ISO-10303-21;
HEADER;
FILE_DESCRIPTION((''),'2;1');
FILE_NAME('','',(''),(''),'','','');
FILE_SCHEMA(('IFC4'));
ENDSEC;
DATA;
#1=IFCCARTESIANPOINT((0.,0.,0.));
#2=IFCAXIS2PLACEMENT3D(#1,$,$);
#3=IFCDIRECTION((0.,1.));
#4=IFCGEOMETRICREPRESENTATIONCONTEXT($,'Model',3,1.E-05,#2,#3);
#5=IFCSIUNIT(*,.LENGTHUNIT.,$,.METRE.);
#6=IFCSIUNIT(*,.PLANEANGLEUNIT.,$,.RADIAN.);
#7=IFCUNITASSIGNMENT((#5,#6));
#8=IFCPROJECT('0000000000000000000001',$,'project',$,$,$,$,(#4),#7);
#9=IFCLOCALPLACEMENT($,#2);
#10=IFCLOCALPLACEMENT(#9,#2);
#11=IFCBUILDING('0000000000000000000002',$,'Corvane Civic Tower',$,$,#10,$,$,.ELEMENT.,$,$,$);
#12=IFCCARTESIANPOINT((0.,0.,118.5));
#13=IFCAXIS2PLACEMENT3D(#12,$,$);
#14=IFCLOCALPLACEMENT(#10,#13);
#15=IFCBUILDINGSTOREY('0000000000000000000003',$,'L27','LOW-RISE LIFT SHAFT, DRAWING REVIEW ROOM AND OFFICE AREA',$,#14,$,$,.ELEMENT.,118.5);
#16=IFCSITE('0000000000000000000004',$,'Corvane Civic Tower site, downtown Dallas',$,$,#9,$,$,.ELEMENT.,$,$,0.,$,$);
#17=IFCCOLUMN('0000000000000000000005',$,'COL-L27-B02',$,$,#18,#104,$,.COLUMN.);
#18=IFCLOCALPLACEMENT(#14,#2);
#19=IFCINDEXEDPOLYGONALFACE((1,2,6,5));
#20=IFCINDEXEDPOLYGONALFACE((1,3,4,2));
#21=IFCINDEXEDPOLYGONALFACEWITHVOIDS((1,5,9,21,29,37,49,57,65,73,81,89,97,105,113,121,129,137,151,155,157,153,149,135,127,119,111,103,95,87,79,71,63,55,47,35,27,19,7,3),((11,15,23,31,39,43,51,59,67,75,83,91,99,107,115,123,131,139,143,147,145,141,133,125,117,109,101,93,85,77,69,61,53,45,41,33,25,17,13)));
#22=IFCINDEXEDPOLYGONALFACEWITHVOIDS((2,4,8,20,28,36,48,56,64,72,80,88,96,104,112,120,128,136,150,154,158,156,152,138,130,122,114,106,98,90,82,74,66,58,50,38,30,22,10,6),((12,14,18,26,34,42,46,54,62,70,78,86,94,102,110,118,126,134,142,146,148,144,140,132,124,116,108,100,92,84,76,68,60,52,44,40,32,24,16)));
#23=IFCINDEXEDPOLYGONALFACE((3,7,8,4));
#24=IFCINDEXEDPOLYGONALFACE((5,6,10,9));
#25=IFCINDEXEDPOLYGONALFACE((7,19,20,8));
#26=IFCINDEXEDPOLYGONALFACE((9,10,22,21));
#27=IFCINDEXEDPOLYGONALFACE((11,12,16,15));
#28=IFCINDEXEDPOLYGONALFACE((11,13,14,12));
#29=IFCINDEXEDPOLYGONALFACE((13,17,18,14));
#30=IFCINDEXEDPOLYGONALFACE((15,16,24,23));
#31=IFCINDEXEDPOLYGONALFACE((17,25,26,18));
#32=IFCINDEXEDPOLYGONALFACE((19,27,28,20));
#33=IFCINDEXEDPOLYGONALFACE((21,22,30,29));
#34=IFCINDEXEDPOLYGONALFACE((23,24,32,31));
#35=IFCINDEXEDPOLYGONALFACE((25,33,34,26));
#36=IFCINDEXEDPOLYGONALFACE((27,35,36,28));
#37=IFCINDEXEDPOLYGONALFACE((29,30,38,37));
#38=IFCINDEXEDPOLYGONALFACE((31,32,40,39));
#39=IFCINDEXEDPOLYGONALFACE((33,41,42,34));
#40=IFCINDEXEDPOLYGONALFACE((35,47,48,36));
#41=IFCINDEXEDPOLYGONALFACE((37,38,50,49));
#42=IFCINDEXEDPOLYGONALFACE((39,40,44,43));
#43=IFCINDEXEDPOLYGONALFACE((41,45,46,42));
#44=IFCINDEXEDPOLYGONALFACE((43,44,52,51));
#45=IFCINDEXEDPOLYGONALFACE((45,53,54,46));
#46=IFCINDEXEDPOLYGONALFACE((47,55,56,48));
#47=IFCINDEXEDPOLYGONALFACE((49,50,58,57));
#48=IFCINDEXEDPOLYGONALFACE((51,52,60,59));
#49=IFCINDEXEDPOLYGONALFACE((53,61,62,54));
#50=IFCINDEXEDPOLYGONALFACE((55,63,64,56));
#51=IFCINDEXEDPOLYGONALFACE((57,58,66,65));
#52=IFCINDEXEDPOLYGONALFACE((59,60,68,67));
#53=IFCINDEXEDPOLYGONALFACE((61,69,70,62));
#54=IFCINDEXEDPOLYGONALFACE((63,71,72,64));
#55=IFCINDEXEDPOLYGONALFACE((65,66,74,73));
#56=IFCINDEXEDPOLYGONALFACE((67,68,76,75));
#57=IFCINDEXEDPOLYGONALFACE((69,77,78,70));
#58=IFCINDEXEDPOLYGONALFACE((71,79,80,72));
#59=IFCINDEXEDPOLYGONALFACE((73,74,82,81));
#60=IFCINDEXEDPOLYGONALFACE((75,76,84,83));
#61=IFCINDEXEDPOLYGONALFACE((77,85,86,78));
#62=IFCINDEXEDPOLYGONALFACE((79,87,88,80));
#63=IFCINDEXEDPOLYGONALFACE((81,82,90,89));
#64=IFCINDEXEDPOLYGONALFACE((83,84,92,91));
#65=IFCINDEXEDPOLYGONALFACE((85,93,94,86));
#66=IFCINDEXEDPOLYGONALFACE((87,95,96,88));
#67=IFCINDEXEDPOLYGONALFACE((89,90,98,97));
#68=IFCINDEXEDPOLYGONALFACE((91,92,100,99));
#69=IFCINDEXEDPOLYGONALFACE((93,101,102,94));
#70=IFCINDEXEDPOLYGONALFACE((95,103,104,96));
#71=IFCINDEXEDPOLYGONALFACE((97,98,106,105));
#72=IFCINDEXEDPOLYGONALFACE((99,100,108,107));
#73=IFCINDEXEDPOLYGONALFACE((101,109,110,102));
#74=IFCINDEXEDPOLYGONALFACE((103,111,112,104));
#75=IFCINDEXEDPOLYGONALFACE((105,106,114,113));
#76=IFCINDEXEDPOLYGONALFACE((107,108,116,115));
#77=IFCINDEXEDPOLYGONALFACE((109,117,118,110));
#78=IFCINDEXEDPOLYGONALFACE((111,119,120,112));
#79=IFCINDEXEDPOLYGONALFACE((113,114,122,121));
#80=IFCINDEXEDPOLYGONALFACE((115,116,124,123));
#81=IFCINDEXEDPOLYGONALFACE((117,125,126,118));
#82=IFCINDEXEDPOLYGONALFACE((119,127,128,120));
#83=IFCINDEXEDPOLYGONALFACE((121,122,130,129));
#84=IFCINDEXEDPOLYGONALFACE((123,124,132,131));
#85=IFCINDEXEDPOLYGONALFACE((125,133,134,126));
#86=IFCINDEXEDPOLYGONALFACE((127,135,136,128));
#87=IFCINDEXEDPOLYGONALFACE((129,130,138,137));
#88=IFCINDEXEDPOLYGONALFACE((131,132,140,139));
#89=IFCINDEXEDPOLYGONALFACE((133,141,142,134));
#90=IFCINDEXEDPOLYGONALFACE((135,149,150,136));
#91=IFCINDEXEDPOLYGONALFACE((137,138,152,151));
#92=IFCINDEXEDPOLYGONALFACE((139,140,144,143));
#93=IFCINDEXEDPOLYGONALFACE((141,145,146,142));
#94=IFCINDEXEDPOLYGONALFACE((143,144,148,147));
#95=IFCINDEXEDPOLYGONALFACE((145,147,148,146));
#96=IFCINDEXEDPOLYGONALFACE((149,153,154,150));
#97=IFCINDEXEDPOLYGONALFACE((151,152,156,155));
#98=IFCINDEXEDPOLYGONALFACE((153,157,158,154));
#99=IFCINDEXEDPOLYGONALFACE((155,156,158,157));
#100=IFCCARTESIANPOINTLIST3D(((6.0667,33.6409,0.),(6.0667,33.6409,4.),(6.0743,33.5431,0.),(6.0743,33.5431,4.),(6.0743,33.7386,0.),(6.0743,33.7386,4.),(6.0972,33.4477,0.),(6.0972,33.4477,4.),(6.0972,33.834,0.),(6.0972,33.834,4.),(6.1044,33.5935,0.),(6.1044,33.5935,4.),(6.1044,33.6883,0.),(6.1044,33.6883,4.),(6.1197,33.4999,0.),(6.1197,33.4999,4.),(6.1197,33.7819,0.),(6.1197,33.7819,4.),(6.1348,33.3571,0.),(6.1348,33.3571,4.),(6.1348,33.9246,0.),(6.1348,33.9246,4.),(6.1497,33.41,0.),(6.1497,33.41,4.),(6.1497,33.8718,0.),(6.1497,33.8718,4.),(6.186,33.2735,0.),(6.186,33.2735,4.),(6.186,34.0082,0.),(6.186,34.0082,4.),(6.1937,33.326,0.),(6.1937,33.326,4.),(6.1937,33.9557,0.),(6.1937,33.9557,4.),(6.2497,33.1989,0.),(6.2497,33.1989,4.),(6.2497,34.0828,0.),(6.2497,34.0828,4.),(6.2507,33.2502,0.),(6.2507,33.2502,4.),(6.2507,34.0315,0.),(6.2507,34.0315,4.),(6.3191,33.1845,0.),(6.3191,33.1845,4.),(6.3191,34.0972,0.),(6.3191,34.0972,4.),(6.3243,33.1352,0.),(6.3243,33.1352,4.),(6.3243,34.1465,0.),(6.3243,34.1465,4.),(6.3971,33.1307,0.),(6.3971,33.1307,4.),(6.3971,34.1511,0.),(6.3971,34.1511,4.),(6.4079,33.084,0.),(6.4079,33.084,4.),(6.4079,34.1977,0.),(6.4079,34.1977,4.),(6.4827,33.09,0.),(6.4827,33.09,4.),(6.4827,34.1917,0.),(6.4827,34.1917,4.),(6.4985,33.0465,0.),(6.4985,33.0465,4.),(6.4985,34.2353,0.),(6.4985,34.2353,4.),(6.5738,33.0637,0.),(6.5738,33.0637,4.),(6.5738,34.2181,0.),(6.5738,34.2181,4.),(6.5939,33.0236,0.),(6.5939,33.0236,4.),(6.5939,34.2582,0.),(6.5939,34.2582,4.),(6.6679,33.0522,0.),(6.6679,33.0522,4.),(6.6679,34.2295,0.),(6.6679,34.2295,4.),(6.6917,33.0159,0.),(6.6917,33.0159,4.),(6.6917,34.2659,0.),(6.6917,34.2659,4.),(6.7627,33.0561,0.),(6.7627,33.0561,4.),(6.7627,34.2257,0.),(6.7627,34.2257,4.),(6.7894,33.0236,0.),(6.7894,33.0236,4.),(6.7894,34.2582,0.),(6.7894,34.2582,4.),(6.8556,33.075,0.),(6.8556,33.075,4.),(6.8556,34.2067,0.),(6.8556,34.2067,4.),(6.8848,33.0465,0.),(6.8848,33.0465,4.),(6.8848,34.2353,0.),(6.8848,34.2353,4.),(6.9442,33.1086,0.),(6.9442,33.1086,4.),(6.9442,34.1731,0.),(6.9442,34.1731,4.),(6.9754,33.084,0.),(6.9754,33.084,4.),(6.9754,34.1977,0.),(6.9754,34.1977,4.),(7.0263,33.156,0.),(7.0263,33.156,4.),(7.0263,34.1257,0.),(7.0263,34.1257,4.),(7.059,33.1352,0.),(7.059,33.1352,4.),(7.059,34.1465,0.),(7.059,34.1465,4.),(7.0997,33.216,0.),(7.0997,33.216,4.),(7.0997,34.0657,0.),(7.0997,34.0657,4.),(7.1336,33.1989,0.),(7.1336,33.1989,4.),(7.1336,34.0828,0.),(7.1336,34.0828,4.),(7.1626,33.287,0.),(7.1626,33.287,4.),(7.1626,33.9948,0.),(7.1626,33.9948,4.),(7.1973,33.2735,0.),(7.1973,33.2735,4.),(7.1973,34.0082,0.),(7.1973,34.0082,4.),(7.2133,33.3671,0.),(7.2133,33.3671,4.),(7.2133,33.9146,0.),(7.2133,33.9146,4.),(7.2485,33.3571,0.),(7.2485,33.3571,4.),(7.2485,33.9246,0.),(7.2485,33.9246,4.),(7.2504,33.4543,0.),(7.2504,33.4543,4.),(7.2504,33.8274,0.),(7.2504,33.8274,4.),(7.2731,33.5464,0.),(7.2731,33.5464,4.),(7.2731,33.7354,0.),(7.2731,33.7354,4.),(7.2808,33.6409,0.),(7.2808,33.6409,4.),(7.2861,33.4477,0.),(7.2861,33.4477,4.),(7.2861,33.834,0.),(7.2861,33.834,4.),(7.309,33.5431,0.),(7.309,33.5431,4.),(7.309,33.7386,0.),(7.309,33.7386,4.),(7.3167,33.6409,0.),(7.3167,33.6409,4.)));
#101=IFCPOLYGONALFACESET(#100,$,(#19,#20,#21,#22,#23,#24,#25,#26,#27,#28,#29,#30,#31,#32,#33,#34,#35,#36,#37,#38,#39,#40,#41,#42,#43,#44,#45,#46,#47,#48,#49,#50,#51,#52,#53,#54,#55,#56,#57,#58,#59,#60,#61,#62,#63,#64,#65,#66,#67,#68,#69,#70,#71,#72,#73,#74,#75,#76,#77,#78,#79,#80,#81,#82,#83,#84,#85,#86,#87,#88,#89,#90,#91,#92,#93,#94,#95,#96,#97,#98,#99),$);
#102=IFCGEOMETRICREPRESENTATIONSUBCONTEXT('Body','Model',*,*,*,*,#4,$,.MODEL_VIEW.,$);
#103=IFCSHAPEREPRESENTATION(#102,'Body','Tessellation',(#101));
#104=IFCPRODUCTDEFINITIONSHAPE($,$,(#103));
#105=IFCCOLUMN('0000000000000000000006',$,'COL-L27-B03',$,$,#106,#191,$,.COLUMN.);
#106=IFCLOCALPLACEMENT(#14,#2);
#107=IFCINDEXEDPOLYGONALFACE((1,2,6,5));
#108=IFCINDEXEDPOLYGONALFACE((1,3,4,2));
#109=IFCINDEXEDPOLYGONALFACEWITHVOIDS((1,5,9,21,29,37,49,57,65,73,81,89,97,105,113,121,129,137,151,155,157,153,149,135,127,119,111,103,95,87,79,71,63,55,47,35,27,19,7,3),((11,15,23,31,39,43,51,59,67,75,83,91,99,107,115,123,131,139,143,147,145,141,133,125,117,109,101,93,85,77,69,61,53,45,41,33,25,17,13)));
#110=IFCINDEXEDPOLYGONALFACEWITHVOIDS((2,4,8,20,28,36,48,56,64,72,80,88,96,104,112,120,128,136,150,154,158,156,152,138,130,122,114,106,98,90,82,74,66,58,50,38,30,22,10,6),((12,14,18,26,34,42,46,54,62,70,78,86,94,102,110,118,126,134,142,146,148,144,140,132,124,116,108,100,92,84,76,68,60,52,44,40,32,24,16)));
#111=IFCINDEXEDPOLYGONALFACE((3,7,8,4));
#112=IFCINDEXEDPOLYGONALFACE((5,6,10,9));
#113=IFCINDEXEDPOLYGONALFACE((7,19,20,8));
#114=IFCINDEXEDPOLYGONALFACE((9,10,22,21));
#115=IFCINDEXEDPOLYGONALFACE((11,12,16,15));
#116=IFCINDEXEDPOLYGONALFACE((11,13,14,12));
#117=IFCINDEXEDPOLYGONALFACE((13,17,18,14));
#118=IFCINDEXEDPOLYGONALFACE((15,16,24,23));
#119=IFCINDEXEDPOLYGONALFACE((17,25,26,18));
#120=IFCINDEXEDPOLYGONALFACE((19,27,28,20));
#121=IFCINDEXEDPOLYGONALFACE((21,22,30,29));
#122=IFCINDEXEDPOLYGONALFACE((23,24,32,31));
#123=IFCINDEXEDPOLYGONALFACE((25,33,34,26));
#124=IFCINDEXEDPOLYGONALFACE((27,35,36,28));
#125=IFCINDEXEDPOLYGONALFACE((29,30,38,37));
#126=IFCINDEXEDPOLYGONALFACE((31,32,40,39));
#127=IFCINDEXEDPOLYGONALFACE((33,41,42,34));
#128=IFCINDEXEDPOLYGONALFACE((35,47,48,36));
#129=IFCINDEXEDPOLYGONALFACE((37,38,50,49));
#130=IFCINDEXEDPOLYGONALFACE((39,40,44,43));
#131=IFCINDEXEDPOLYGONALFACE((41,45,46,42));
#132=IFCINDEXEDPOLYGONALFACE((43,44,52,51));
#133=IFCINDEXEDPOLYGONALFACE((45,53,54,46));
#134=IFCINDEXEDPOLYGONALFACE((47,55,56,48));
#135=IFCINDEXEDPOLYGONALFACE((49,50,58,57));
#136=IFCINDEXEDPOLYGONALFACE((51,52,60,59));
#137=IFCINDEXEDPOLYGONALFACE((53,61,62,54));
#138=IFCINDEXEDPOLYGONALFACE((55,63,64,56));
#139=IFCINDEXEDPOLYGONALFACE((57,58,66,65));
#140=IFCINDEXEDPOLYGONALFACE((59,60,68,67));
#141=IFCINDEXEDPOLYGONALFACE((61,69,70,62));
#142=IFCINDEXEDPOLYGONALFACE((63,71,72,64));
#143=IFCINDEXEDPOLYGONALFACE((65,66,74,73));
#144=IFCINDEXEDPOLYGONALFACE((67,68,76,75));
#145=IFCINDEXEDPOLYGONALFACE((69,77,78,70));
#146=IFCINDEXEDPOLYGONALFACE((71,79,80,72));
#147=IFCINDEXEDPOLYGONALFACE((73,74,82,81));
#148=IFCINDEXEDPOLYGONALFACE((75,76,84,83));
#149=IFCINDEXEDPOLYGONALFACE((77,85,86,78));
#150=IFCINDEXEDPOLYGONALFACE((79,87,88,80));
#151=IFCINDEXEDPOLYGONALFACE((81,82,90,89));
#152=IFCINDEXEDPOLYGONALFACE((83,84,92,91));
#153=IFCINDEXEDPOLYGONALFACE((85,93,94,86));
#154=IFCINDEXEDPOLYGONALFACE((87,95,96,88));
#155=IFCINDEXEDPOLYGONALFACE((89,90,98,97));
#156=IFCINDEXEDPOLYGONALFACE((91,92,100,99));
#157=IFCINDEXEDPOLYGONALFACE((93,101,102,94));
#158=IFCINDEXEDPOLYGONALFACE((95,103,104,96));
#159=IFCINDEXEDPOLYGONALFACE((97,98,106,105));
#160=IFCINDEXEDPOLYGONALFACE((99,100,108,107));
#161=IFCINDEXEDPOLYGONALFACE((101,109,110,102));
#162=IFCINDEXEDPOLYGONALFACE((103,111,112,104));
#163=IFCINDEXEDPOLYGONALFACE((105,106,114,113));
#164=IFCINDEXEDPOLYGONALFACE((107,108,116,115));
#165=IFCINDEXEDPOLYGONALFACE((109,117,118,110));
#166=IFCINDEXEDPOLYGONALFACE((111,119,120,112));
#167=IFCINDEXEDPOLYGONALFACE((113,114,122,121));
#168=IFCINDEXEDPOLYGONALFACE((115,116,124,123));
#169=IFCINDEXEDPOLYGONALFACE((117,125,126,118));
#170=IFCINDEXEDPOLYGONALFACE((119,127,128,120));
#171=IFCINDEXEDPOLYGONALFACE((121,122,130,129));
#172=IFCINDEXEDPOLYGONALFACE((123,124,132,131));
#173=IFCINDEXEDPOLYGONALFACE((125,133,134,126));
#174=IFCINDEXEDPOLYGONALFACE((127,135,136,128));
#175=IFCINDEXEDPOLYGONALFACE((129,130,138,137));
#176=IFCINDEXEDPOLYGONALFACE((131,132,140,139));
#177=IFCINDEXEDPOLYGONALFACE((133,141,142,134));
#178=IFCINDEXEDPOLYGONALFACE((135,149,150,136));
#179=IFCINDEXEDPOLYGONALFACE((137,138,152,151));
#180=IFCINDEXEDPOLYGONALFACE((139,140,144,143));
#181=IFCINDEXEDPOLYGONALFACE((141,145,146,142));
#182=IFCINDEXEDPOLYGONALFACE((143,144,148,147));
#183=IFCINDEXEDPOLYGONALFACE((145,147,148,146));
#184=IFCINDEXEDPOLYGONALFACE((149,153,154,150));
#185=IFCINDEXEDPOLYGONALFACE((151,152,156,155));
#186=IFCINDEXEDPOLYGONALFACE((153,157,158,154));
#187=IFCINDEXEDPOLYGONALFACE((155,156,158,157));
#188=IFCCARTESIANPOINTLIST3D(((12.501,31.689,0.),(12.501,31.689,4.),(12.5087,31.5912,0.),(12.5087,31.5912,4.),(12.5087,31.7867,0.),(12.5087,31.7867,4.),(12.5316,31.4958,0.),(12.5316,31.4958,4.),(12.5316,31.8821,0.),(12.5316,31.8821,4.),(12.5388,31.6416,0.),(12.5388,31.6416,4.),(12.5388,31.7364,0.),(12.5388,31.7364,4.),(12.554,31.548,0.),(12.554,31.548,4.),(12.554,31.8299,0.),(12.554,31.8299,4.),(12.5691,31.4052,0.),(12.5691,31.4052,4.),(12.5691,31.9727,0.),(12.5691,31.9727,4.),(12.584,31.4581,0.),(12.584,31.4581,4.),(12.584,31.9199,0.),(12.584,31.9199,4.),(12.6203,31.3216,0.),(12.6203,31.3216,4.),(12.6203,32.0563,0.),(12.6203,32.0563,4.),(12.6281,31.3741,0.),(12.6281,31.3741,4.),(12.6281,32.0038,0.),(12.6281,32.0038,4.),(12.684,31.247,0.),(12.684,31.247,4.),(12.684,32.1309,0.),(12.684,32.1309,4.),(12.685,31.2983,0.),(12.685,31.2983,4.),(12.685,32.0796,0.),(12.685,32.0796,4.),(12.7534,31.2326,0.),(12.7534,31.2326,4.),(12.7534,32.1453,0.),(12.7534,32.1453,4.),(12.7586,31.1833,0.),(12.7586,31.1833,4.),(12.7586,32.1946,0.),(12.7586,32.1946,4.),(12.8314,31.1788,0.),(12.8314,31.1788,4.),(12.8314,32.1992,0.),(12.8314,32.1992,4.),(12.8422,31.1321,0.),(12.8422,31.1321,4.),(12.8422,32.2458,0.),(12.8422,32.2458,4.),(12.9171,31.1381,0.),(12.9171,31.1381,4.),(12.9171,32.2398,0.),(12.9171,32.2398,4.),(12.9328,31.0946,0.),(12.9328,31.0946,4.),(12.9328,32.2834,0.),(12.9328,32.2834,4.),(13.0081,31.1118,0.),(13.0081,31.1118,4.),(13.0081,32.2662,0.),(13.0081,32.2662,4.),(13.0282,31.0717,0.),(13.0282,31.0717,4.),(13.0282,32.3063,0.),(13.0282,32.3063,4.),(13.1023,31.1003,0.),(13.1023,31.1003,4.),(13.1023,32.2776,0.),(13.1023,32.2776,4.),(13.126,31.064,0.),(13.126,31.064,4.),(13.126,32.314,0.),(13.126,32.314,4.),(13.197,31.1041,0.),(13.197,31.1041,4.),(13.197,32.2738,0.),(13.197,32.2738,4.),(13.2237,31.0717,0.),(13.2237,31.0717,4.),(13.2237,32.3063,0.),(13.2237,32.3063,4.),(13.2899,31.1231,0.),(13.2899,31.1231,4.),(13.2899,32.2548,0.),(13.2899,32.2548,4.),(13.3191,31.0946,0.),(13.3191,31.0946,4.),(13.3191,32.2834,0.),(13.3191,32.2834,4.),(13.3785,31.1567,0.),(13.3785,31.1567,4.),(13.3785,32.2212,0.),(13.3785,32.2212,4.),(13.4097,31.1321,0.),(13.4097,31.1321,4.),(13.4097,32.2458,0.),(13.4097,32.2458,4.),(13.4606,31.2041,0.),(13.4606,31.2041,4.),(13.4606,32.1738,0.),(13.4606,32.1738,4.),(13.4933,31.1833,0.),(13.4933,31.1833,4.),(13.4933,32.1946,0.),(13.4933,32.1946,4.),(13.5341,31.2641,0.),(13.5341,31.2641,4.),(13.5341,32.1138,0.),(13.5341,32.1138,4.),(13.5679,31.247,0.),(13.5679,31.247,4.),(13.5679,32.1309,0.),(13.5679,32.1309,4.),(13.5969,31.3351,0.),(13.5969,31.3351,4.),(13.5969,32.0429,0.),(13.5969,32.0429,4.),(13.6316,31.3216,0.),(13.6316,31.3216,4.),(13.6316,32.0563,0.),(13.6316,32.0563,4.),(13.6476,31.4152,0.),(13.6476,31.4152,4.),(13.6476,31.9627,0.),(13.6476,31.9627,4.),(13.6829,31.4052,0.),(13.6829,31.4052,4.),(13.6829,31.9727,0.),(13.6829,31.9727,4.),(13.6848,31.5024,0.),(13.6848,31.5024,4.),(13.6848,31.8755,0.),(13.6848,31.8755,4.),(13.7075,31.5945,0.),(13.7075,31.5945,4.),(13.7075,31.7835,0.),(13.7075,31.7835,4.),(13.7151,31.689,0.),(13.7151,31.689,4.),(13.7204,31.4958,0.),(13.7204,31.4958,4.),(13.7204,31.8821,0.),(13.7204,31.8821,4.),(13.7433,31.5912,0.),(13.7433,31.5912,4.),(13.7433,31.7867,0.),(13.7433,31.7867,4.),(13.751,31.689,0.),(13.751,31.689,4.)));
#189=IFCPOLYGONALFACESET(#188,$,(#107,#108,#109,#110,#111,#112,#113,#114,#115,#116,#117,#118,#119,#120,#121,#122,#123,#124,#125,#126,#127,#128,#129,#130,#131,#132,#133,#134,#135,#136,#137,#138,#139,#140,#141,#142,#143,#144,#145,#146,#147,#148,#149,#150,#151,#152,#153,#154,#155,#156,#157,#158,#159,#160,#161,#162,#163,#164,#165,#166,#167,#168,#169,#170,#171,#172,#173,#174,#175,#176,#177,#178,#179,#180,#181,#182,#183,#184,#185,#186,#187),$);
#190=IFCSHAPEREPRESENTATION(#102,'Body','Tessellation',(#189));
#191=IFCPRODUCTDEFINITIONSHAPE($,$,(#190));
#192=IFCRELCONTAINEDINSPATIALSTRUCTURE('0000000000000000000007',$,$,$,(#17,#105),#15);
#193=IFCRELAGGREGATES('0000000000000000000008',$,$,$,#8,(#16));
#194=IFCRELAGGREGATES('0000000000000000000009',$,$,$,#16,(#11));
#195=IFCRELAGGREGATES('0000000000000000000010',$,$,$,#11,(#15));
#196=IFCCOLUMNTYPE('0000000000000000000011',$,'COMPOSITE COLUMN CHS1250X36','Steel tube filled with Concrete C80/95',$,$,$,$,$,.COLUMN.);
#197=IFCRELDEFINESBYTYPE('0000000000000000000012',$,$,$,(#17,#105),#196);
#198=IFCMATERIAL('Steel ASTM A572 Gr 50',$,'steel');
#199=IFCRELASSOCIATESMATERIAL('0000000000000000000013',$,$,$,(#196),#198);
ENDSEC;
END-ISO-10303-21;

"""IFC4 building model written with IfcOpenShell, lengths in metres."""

from ifc_helpers import new_model, si_unit, direction, frame, origin, origin_2d, place, context, subcontext, project, spatial, hollow_circle, extrude, material, material_profile, profile_set, type_object, element, save


model = new_model("IFC4")

# Units and contexts
model_context = context("Model", 3, precision=1e-05, world=origin(), true_north=direction((0.0, 1.0)))
body_context = subcontext(model_context, "Body", "Model", "MODEL_VIEW")
ifc_project = project(units=[si_unit("LENGTHUNIT", "METRE"), si_unit("PLANEANGLEUNIT", "RADIAN")], contexts=[model_context])

# Site, building, storey
site_placement = place(None, origin())
site = spatial("IfcSite", under=ifc_project, at=site_placement, Name="Corvane Civic Tower site, downtown Dallas", CompositionType="ELEMENT", RefElevation=0.0)
building_placement = place(site_placement, origin())
building = spatial("IfcBuilding", under=site, at=building_placement, Name="Corvane Civic Tower", CompositionType="ELEMENT")
storey_placement = place(building_placement, frame((0.0, 0.0, 118.5)))
storey = spatial("IfcBuildingStorey", under=building, at=storey_placement, Name="L27", Description="LOW-RISE LIFT SHAFT, DRAWING REVIEW ROOM AND OFFICE AREA", CompositionType="ELEMENT", Elevation=118.5)

# Columns
ifc_material_1 = material(Name="Steel ASTM A572 Gr 50", Category="steel")
ifc_material_profile_1 = material_profile(ifc_material_1, hollow_circle(Radius=0.625, WallThickness=0.0359, at=origin_2d()), Name="CHS1250X36")
ifc_profile_set_1 = profile_set([ifc_material_profile_1], Name="Steel ASTM A572 Gr 50")
column_type = type_object("IfcColumnType", Name="COMPOSITE COLUMN CHS1250X36", Description="Steel tube filled with Concrete C80/95", PredefinedType="COLUMN", material=ifc_profile_set_1)
for number, where, z_axis, x_axis, name in (
    (1, (6.6917, 33.6409, 0.0), (0.0, 0.0, 1.0), (1.0, 0.0, 0.0), "COL-L27-B02"),
    (2, (13.126, 31.689, 0.0), (0.0, 0.0, 1.0), (1.0, 0.0, 0.0), "COL-L27-B03"),
):
    element("IfcColumn", number, at=place(storey_placement, frame(where, z_axis=z_axis, x_axis=x_axis)), inside=storey, type_object=column_type, Name=name, PredefinedType="COLUMN", context=body_context, shape_type="SweptSolid", body=[
        extrude(hollow_circle(Radius=0.625, WallThickness=0.0359, at=origin_2d()), origin(), (0.0, 0.0, 1.0), 4.0),
    ])

save(model, "model.ifc")
